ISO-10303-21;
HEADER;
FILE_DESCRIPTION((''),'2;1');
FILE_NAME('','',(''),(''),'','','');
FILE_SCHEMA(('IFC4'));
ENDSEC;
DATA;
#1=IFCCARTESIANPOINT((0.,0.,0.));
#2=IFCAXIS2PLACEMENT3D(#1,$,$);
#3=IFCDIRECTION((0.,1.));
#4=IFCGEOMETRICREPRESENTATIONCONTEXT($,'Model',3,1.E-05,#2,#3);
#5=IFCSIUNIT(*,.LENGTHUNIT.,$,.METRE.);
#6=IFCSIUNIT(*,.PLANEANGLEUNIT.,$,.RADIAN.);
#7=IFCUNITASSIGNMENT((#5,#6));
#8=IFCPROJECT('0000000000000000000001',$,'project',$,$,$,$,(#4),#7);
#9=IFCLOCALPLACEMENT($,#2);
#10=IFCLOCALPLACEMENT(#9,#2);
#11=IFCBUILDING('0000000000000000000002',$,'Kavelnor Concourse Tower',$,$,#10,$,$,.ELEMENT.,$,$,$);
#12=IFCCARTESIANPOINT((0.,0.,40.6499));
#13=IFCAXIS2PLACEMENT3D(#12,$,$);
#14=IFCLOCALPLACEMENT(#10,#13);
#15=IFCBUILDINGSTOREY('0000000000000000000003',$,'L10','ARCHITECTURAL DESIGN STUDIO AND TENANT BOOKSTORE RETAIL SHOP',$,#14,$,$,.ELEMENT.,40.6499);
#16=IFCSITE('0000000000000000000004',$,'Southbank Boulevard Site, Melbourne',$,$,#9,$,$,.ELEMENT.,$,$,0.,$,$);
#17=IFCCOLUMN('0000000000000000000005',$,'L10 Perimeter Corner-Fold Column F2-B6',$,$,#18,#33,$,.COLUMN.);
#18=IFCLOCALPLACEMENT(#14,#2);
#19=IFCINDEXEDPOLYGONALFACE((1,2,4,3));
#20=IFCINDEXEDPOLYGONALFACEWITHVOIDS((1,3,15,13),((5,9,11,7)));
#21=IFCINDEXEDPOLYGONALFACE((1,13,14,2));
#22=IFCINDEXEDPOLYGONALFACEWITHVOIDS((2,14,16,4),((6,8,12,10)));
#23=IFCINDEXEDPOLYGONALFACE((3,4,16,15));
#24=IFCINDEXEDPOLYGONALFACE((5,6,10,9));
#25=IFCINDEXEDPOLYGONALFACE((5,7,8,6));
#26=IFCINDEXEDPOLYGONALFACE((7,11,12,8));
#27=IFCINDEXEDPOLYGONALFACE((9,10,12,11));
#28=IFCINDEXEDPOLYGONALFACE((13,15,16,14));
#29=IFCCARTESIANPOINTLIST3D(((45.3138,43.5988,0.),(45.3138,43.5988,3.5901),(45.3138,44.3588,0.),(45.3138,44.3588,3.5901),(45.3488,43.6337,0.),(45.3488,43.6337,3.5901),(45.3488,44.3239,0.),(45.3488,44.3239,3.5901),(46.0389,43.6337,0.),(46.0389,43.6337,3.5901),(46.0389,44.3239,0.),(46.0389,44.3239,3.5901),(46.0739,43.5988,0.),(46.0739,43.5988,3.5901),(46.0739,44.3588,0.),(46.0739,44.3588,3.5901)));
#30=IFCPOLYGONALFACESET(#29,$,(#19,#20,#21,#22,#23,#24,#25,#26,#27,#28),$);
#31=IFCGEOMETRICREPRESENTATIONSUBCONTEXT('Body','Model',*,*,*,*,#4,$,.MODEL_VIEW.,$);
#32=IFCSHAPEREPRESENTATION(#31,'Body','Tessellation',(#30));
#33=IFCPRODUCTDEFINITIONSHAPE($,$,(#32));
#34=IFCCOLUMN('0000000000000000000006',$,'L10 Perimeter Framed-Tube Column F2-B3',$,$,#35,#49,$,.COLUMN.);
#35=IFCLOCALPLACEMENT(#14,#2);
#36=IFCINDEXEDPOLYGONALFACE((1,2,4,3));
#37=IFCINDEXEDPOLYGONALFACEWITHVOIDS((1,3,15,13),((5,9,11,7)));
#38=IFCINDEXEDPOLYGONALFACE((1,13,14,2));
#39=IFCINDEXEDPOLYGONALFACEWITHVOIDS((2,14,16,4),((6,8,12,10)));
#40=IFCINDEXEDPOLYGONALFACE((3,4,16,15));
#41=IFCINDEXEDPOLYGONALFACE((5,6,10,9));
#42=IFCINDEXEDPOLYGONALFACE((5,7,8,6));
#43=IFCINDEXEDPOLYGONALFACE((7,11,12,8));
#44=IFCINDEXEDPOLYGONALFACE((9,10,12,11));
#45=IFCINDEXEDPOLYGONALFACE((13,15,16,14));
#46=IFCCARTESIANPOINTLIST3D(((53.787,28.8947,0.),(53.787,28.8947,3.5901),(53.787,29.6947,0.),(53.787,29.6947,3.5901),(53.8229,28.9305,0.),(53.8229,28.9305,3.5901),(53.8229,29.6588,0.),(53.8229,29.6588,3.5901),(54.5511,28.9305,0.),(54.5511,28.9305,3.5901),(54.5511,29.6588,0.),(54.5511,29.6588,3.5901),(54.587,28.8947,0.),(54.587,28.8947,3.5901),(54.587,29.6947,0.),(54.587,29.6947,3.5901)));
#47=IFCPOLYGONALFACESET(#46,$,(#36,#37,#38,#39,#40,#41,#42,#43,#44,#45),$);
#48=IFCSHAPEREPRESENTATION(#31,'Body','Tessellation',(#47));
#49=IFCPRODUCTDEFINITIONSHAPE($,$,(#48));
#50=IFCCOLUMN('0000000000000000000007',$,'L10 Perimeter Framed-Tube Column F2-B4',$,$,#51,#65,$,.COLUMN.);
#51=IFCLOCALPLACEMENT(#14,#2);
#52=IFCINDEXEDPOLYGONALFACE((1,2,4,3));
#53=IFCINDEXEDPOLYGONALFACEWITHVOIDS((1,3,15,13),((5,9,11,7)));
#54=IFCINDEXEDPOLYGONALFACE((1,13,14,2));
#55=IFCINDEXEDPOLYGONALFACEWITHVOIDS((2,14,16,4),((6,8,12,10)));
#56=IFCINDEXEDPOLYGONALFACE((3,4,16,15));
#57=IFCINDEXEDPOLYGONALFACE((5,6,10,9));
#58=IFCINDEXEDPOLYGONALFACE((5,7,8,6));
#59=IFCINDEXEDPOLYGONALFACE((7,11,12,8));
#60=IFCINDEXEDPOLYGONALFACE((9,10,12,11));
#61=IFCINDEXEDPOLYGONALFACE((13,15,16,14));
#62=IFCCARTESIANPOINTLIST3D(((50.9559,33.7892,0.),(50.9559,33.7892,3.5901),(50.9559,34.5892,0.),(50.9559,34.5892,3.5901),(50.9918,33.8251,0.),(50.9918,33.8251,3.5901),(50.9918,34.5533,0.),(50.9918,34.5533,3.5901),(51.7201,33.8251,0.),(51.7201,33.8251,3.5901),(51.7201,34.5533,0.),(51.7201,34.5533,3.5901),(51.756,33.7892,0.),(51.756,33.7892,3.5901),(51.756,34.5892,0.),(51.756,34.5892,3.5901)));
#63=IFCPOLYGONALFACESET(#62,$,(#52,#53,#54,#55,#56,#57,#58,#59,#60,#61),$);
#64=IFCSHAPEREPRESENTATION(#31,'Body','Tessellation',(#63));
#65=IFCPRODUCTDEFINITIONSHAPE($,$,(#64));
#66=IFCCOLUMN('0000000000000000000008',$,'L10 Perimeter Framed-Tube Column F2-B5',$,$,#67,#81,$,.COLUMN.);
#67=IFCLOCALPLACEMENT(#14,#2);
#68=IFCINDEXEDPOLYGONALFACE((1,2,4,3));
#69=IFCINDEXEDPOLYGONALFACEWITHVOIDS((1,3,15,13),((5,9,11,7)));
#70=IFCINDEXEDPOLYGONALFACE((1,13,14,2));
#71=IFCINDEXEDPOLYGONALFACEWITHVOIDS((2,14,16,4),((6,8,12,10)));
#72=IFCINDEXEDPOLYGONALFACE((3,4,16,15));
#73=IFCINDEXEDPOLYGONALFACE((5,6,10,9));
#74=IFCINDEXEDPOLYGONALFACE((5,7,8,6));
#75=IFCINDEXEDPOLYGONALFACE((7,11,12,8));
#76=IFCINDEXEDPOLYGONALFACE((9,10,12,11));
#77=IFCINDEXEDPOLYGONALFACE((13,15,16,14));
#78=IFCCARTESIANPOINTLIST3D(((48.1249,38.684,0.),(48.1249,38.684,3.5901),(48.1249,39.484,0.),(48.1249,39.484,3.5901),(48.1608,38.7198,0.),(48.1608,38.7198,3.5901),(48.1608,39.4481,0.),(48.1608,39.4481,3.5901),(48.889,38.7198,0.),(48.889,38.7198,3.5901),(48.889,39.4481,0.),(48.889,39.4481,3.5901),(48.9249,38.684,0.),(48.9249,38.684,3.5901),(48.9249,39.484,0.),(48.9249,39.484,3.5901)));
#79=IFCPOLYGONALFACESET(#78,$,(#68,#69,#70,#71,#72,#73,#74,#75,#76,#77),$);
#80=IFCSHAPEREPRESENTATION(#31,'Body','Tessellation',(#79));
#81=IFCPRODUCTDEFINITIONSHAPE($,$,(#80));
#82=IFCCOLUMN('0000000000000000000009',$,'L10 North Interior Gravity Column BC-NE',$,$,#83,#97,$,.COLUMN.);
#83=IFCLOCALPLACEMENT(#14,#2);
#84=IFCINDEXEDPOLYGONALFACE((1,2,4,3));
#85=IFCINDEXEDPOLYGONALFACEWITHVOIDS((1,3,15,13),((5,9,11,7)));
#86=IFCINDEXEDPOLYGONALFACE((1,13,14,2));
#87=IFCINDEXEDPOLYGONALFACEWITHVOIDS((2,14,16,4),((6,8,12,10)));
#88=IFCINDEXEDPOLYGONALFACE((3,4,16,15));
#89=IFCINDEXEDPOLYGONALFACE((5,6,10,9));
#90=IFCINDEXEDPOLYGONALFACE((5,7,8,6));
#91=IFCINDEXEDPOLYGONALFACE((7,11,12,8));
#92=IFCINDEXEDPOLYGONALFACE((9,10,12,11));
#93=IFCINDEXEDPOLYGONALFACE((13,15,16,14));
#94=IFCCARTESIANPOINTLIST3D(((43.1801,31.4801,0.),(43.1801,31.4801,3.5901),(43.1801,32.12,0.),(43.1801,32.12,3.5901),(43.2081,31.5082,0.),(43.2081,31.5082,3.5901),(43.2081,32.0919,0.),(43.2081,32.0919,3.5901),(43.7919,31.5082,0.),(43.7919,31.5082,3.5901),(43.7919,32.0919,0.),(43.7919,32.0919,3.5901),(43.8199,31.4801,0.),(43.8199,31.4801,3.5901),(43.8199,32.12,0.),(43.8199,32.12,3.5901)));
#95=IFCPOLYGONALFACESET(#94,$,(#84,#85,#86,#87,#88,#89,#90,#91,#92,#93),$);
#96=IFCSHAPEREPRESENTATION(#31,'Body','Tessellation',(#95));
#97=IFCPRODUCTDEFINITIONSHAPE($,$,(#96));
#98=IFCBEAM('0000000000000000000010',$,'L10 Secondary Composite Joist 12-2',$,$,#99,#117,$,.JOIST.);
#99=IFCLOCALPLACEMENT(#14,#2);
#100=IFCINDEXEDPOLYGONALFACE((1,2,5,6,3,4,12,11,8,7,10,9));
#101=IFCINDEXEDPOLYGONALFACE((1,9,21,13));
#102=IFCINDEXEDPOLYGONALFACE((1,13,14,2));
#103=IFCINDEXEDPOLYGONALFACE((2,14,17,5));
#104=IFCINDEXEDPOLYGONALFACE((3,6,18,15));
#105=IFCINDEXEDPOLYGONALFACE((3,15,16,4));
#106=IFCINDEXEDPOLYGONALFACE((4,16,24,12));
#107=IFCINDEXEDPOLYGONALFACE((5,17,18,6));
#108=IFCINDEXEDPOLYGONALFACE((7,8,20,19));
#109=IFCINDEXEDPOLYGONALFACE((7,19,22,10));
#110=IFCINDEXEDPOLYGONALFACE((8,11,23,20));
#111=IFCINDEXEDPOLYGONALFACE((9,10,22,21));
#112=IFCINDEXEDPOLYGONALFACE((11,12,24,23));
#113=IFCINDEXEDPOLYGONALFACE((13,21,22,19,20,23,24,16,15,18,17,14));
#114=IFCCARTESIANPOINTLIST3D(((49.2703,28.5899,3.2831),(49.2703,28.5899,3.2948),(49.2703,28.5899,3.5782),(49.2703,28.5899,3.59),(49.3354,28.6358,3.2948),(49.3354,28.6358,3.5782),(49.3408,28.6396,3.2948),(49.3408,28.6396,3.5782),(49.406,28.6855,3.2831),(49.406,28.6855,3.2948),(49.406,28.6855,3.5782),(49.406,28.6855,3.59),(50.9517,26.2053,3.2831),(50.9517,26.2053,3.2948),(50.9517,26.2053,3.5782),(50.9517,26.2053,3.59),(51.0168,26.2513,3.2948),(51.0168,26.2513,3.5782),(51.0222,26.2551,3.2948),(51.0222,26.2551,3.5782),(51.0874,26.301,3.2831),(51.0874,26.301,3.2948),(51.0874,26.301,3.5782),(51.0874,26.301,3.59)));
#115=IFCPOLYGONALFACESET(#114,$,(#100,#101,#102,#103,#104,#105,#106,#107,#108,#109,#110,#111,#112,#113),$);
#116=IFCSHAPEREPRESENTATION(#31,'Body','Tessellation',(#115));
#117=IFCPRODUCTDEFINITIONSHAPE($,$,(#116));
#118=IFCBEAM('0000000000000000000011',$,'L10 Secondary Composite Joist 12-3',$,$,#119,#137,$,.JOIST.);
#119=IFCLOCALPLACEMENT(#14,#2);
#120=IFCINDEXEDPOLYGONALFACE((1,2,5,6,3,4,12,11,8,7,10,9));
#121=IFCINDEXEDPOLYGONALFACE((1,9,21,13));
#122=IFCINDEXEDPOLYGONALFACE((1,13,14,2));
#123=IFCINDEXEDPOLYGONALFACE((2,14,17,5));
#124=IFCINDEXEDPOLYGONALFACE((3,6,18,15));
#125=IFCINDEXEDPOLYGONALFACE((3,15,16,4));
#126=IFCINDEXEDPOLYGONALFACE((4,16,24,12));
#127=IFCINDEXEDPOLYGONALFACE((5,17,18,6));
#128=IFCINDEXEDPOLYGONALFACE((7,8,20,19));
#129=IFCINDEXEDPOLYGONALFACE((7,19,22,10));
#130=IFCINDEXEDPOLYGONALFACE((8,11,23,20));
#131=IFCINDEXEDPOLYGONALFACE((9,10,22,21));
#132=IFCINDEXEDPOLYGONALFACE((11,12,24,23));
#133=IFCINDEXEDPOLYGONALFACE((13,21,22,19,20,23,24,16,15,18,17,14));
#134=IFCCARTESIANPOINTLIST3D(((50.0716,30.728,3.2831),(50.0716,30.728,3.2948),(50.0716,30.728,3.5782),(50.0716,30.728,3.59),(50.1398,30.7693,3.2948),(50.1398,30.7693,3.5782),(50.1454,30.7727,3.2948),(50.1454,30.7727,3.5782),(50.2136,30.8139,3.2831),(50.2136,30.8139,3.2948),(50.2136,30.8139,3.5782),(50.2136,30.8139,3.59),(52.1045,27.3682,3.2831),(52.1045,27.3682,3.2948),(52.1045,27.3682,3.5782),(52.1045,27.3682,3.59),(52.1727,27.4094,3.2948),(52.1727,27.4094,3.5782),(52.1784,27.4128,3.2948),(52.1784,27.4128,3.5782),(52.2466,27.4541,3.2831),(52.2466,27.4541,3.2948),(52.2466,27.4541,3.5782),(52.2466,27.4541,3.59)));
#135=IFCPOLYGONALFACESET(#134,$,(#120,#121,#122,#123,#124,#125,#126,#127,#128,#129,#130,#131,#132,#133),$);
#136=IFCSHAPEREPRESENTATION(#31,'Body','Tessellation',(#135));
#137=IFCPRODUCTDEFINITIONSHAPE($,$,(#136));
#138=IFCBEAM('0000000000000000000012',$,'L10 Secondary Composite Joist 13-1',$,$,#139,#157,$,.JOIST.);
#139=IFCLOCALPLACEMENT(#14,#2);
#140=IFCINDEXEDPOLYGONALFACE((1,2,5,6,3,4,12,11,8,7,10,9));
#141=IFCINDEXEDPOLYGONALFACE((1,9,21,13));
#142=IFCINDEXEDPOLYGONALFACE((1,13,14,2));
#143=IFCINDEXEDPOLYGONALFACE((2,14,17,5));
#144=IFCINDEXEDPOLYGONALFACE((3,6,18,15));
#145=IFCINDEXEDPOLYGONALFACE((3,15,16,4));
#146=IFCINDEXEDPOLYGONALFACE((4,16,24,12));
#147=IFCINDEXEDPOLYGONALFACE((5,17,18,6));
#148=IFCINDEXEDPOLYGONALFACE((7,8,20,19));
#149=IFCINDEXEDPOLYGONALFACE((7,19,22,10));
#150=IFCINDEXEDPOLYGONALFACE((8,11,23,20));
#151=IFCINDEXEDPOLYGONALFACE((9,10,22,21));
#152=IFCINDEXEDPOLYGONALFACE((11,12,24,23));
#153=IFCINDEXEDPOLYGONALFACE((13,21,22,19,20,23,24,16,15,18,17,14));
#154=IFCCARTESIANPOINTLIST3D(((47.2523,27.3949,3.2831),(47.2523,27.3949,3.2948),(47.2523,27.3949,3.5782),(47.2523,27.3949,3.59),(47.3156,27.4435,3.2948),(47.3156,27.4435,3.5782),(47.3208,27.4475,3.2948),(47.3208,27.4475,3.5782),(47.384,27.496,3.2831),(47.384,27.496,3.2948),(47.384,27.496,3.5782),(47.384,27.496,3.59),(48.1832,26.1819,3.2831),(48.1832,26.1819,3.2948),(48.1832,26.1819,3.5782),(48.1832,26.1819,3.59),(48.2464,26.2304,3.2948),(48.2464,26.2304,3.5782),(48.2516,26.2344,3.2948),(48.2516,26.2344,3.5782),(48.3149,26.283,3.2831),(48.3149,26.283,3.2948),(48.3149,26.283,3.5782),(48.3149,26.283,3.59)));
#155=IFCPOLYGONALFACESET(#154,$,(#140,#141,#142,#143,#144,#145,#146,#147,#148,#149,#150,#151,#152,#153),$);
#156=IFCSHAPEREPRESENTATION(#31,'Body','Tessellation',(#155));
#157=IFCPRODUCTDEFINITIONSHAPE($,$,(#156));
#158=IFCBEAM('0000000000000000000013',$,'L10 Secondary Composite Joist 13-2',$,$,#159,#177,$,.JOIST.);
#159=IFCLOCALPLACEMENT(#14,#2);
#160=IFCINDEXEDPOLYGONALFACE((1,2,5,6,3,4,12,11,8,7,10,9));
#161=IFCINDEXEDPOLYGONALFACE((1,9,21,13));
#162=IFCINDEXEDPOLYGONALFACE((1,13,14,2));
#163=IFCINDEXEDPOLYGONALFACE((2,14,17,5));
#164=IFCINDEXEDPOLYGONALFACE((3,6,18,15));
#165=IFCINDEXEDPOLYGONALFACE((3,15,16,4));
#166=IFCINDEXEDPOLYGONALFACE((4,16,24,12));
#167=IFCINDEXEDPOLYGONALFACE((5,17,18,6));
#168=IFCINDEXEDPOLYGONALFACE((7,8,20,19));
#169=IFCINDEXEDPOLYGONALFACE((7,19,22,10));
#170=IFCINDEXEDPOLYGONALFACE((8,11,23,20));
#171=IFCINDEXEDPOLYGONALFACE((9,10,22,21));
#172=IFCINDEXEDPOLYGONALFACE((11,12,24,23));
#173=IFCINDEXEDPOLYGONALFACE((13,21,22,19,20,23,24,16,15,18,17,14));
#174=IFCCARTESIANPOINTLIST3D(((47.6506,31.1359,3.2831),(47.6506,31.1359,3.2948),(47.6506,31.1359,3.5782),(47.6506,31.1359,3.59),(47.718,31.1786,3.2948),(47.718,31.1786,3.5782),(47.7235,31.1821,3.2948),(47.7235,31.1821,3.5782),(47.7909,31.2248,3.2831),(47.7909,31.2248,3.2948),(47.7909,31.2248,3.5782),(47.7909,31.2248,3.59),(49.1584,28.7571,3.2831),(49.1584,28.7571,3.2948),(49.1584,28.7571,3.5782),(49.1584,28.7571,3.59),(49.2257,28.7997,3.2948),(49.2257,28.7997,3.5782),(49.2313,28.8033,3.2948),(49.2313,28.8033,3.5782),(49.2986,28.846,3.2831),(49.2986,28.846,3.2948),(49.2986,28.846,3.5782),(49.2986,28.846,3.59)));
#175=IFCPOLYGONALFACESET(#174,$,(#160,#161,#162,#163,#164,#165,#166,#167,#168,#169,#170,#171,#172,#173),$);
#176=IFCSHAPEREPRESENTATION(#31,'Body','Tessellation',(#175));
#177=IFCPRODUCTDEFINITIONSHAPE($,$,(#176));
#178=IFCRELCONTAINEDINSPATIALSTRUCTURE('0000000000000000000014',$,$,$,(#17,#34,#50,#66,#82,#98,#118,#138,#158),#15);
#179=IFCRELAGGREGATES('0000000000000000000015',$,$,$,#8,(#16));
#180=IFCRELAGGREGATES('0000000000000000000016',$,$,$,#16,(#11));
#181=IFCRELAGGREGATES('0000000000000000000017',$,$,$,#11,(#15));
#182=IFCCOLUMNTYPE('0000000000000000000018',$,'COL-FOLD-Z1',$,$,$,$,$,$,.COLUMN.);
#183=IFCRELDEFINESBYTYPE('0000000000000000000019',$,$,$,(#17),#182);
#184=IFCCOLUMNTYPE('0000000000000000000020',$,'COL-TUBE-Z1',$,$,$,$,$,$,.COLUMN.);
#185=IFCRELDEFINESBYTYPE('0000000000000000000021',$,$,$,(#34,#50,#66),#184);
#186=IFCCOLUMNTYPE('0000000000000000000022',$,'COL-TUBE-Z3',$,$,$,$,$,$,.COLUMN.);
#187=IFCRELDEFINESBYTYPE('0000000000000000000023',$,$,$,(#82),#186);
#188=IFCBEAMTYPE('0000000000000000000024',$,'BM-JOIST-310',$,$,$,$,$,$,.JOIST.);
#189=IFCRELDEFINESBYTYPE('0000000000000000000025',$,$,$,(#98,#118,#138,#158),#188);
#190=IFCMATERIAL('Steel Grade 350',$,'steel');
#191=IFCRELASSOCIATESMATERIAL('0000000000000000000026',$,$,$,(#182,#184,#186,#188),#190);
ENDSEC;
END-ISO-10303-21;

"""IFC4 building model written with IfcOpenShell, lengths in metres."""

from ifc_helpers import new_model, si_unit, direction, frame, origin, origin_2d, place, context, subcontext, project, spatial, hollow_rectangle, i_section, extrude, material, material_profile, profile_set, type_object, element, save


model = new_model("IFC4")

# Units and contexts
model_context = context("Model", 3, precision=1e-05, world=origin(), true_north=direction((0.0, 1.0)))
body_context = subcontext(model_context, "Body", "Model", "MODEL_VIEW")
ifc_project = project(units=[si_unit("LENGTHUNIT", "METRE"), si_unit("PLANEANGLEUNIT", "RADIAN")], contexts=[model_context])

# Site, building, storey
site_placement = place(None, origin())
site = spatial("IfcSite", under=ifc_project, at=site_placement, Name="Southbank Boulevard Site, Melbourne", CompositionType="ELEMENT", RefElevation=0.0)
building_placement = place(site_placement, origin())
building = spatial("IfcBuilding", under=site, at=building_placement, Name="Kavelnor Concourse Tower", CompositionType="ELEMENT")
storey_placement = place(building_placement, frame((0.0, 0.0, 40.6499)))
storey = spatial("IfcBuildingStorey", under=building, at=storey_placement, Name="L10", Description="ARCHITECTURAL DESIGN STUDIO AND TENANT BOOKSTORE RETAIL SHOP", CompositionType="ELEMENT", Elevation=40.6499)

# Columns
ifc_material_1 = material(Name="Steel Grade 350", Category="steel")
ifc_material_profile_1 = material_profile(ifc_material_1, hollow_rectangle(XDim=0.76, YDim=0.76, WallThickness=0.0349, at=origin_2d()), Name="SHS 760x760x35")
ifc_profile_set_1 = profile_set([ifc_material_profile_1], Name="Steel Grade 350")
column_type_1 = type_object("IfcColumnType", Name="COL-FOLD-Z1", PredefinedType="COLUMN", material=ifc_profile_set_1)
column_1_placement = place(storey_placement, frame((45.6938, 43.9788, 0.0), z_axis=(0.0, 0.0, 1.0), x_axis=(1.0, 0.0, 0.0)))
element("IfcColumn", 1, at=column_1_placement, inside=storey, type_object=column_type_1, Name="L10 Perimeter Corner-Fold Column F2-B6", PredefinedType="COLUMN", context=body_context, shape_type="SweptSolid", body=[
    extrude(hollow_rectangle(XDim=0.76, YDim=0.76, WallThickness=0.0349, at=origin_2d()), origin(), (0.0, 0.0, 1.0), 3.5901),
])
ifc_material_profile_2 = material_profile(ifc_material_1, hollow_rectangle(XDim=0.8, YDim=0.8, WallThickness=0.0359, at=origin_2d()), Name="SHS 800x800x36")
ifc_profile_set_2 = profile_set([ifc_material_profile_2], Name="Steel Grade 350")
column_type_2 = type_object("IfcColumnType", Name="COL-TUBE-Z1", PredefinedType="COLUMN", material=ifc_profile_set_2)
for number, where, z_axis, x_axis, name in (
    (2, (54.187, 29.2947, 0.0), (0.0, 0.0, 1.0), (1.0, 0.0, 0.0), "L10 Perimeter Framed-Tube Column F2-B3"),
    (3, (51.356, 34.1892, 0.0), (0.0, 0.0, 1.0), (1.0, 0.0, 0.0), "L10 Perimeter Framed-Tube Column F2-B4"),
    (4, (48.5249, 39.084, 0.0), (0.0, 0.0, 1.0), (1.0, 0.0, 0.0), "L10 Perimeter Framed-Tube Column F2-B5"),
):
    element("IfcColumn", number, at=place(storey_placement, frame(where, z_axis=z_axis, x_axis=x_axis)), inside=storey, type_object=column_type_2, Name=name, PredefinedType="COLUMN", context=body_context, shape_type="SweptSolid", body=[
        extrude(hollow_rectangle(XDim=0.8, YDim=0.8, WallThickness=0.0359, at=origin_2d()), origin(), (0.0, 0.0, 1.0), 3.5901),
    ])
ifc_material_profile_3 = material_profile(ifc_material_1, hollow_rectangle(XDim=0.6399, YDim=0.6399, WallThickness=0.0281, at=origin_2d()), Name="SHS 640x640x28")
ifc_profile_set_3 = profile_set([ifc_material_profile_3], Name="Steel Grade 350")
column_type_3 = type_object("IfcColumnType", Name="COL-TUBE-Z3", PredefinedType="COLUMN", material=ifc_profile_set_3)
column_2_placement = place(storey_placement, frame((43.5, 31.8, 0.0), z_axis=(0.0, 0.0, 1.0), x_axis=(1.0, 0.0, 0.0)))
element("IfcColumn", 5, at=column_2_placement, inside=storey, type_object=column_type_3, Name="L10 North Interior Gravity Column BC-NE", PredefinedType="COLUMN", context=body_context, shape_type="SweptSolid", body=[
    extrude(hollow_rectangle(XDim=0.6399, YDim=0.6399, WallThickness=0.0281, at=origin_2d()), origin(), (0.0, 0.0, 1.0), 3.5901),
])

# Beams
ifc_material_profile_4 = material_profile(ifc_material_1, i_section(OverallWidth=0.166, OverallDepth=0.3069, WebThickness=0.0066, FlangeThickness=0.0117, at=origin_2d()), Name="310UB46")
ifc_profile_set_4 = profile_set([ifc_material_profile_4], Name="Steel Grade 350")
beam_type_1 = type_object("IfcBeamType", Name="BM-JOIST-310", PredefinedType="JOIST", material=ifc_profile_set_4)
beam_1_placement = place(storey_placement, frame((51.0195, 26.2532, 3.4365), z_axis=(-0.576272, 0.817258, 0.0), x_axis=(-0.817258, -0.576272, 0.0)))
element("IfcBeam", 6, at=beam_1_placement, inside=storey, type_object=beam_type_1, Name="L10 Secondary Composite Joist 12-2", PredefinedType="JOIST", context=body_context, shape_type="SweptSolid", body=[
    extrude(i_section(OverallWidth=0.166, OverallDepth=0.3069, WebThickness=0.0066, FlangeThickness=0.0117, at=origin_2d()), origin(), (0.0, 0.0, 1.0), 2.9177),
])
beam_2_placement = place(storey_placement, frame((52.1755, 27.4111, 3.4365), z_axis=(-0.517683, 0.855573, 0.0), x_axis=(-0.855573, -0.517683, 0.0)))
element("IfcBeam", 7, at=beam_2_placement, inside=storey, type_object=beam_type_1, Name="L10 Secondary Composite Joist 12-3", PredefinedType="JOIST", context=body_context, shape_type="SweptSolid", body=[
    extrude(i_section(OverallWidth=0.166, OverallDepth=0.3069, WebThickness=0.0066, FlangeThickness=0.0117, at=origin_2d()), origin(), (0.0, 0.0, 1.0), 3.927),
])
beam_3_placement = place(storey_placement, frame((48.249, 26.2324, 3.4365), z_axis=(-0.608777, 0.793342, 0.0), x_axis=(-0.793342, -0.608777, 0.0)))
element("IfcBeam", 8, at=beam_3_placement, inside=storey, type_object=beam_type_1, Name="L10 Secondary Composite Joist 13-1", PredefinedType="JOIST", context=body_context, shape_type="SweptSolid", body=[
    extrude(i_section(OverallWidth=0.166, OverallDepth=0.3069, WebThickness=0.0066, FlangeThickness=0.0117, at=origin_2d()), origin(), (0.0, 0.0, 1.0), 1.5291),
])
beam_4_placement = place(storey_placement, frame((49.2285, 28.8015, 3.4365), z_axis=(-0.535349, 0.844631, 0.0), x_axis=(-0.844631, -0.535349, 0.0)))
element("IfcBeam", 9, at=beam_4_placement, inside=storey, type_object=beam_type_1, Name="L10 Secondary Composite Joist 13-2", PredefinedType="JOIST", context=body_context, shape_type="SweptSolid", body=[
    extrude(i_section(OverallWidth=0.166, OverallDepth=0.3069, WebThickness=0.0066, FlangeThickness=0.0117, at=origin_2d()), origin(), (0.0, 0.0, 1.0), 2.8164),
])

save(model, "model.ifc")
